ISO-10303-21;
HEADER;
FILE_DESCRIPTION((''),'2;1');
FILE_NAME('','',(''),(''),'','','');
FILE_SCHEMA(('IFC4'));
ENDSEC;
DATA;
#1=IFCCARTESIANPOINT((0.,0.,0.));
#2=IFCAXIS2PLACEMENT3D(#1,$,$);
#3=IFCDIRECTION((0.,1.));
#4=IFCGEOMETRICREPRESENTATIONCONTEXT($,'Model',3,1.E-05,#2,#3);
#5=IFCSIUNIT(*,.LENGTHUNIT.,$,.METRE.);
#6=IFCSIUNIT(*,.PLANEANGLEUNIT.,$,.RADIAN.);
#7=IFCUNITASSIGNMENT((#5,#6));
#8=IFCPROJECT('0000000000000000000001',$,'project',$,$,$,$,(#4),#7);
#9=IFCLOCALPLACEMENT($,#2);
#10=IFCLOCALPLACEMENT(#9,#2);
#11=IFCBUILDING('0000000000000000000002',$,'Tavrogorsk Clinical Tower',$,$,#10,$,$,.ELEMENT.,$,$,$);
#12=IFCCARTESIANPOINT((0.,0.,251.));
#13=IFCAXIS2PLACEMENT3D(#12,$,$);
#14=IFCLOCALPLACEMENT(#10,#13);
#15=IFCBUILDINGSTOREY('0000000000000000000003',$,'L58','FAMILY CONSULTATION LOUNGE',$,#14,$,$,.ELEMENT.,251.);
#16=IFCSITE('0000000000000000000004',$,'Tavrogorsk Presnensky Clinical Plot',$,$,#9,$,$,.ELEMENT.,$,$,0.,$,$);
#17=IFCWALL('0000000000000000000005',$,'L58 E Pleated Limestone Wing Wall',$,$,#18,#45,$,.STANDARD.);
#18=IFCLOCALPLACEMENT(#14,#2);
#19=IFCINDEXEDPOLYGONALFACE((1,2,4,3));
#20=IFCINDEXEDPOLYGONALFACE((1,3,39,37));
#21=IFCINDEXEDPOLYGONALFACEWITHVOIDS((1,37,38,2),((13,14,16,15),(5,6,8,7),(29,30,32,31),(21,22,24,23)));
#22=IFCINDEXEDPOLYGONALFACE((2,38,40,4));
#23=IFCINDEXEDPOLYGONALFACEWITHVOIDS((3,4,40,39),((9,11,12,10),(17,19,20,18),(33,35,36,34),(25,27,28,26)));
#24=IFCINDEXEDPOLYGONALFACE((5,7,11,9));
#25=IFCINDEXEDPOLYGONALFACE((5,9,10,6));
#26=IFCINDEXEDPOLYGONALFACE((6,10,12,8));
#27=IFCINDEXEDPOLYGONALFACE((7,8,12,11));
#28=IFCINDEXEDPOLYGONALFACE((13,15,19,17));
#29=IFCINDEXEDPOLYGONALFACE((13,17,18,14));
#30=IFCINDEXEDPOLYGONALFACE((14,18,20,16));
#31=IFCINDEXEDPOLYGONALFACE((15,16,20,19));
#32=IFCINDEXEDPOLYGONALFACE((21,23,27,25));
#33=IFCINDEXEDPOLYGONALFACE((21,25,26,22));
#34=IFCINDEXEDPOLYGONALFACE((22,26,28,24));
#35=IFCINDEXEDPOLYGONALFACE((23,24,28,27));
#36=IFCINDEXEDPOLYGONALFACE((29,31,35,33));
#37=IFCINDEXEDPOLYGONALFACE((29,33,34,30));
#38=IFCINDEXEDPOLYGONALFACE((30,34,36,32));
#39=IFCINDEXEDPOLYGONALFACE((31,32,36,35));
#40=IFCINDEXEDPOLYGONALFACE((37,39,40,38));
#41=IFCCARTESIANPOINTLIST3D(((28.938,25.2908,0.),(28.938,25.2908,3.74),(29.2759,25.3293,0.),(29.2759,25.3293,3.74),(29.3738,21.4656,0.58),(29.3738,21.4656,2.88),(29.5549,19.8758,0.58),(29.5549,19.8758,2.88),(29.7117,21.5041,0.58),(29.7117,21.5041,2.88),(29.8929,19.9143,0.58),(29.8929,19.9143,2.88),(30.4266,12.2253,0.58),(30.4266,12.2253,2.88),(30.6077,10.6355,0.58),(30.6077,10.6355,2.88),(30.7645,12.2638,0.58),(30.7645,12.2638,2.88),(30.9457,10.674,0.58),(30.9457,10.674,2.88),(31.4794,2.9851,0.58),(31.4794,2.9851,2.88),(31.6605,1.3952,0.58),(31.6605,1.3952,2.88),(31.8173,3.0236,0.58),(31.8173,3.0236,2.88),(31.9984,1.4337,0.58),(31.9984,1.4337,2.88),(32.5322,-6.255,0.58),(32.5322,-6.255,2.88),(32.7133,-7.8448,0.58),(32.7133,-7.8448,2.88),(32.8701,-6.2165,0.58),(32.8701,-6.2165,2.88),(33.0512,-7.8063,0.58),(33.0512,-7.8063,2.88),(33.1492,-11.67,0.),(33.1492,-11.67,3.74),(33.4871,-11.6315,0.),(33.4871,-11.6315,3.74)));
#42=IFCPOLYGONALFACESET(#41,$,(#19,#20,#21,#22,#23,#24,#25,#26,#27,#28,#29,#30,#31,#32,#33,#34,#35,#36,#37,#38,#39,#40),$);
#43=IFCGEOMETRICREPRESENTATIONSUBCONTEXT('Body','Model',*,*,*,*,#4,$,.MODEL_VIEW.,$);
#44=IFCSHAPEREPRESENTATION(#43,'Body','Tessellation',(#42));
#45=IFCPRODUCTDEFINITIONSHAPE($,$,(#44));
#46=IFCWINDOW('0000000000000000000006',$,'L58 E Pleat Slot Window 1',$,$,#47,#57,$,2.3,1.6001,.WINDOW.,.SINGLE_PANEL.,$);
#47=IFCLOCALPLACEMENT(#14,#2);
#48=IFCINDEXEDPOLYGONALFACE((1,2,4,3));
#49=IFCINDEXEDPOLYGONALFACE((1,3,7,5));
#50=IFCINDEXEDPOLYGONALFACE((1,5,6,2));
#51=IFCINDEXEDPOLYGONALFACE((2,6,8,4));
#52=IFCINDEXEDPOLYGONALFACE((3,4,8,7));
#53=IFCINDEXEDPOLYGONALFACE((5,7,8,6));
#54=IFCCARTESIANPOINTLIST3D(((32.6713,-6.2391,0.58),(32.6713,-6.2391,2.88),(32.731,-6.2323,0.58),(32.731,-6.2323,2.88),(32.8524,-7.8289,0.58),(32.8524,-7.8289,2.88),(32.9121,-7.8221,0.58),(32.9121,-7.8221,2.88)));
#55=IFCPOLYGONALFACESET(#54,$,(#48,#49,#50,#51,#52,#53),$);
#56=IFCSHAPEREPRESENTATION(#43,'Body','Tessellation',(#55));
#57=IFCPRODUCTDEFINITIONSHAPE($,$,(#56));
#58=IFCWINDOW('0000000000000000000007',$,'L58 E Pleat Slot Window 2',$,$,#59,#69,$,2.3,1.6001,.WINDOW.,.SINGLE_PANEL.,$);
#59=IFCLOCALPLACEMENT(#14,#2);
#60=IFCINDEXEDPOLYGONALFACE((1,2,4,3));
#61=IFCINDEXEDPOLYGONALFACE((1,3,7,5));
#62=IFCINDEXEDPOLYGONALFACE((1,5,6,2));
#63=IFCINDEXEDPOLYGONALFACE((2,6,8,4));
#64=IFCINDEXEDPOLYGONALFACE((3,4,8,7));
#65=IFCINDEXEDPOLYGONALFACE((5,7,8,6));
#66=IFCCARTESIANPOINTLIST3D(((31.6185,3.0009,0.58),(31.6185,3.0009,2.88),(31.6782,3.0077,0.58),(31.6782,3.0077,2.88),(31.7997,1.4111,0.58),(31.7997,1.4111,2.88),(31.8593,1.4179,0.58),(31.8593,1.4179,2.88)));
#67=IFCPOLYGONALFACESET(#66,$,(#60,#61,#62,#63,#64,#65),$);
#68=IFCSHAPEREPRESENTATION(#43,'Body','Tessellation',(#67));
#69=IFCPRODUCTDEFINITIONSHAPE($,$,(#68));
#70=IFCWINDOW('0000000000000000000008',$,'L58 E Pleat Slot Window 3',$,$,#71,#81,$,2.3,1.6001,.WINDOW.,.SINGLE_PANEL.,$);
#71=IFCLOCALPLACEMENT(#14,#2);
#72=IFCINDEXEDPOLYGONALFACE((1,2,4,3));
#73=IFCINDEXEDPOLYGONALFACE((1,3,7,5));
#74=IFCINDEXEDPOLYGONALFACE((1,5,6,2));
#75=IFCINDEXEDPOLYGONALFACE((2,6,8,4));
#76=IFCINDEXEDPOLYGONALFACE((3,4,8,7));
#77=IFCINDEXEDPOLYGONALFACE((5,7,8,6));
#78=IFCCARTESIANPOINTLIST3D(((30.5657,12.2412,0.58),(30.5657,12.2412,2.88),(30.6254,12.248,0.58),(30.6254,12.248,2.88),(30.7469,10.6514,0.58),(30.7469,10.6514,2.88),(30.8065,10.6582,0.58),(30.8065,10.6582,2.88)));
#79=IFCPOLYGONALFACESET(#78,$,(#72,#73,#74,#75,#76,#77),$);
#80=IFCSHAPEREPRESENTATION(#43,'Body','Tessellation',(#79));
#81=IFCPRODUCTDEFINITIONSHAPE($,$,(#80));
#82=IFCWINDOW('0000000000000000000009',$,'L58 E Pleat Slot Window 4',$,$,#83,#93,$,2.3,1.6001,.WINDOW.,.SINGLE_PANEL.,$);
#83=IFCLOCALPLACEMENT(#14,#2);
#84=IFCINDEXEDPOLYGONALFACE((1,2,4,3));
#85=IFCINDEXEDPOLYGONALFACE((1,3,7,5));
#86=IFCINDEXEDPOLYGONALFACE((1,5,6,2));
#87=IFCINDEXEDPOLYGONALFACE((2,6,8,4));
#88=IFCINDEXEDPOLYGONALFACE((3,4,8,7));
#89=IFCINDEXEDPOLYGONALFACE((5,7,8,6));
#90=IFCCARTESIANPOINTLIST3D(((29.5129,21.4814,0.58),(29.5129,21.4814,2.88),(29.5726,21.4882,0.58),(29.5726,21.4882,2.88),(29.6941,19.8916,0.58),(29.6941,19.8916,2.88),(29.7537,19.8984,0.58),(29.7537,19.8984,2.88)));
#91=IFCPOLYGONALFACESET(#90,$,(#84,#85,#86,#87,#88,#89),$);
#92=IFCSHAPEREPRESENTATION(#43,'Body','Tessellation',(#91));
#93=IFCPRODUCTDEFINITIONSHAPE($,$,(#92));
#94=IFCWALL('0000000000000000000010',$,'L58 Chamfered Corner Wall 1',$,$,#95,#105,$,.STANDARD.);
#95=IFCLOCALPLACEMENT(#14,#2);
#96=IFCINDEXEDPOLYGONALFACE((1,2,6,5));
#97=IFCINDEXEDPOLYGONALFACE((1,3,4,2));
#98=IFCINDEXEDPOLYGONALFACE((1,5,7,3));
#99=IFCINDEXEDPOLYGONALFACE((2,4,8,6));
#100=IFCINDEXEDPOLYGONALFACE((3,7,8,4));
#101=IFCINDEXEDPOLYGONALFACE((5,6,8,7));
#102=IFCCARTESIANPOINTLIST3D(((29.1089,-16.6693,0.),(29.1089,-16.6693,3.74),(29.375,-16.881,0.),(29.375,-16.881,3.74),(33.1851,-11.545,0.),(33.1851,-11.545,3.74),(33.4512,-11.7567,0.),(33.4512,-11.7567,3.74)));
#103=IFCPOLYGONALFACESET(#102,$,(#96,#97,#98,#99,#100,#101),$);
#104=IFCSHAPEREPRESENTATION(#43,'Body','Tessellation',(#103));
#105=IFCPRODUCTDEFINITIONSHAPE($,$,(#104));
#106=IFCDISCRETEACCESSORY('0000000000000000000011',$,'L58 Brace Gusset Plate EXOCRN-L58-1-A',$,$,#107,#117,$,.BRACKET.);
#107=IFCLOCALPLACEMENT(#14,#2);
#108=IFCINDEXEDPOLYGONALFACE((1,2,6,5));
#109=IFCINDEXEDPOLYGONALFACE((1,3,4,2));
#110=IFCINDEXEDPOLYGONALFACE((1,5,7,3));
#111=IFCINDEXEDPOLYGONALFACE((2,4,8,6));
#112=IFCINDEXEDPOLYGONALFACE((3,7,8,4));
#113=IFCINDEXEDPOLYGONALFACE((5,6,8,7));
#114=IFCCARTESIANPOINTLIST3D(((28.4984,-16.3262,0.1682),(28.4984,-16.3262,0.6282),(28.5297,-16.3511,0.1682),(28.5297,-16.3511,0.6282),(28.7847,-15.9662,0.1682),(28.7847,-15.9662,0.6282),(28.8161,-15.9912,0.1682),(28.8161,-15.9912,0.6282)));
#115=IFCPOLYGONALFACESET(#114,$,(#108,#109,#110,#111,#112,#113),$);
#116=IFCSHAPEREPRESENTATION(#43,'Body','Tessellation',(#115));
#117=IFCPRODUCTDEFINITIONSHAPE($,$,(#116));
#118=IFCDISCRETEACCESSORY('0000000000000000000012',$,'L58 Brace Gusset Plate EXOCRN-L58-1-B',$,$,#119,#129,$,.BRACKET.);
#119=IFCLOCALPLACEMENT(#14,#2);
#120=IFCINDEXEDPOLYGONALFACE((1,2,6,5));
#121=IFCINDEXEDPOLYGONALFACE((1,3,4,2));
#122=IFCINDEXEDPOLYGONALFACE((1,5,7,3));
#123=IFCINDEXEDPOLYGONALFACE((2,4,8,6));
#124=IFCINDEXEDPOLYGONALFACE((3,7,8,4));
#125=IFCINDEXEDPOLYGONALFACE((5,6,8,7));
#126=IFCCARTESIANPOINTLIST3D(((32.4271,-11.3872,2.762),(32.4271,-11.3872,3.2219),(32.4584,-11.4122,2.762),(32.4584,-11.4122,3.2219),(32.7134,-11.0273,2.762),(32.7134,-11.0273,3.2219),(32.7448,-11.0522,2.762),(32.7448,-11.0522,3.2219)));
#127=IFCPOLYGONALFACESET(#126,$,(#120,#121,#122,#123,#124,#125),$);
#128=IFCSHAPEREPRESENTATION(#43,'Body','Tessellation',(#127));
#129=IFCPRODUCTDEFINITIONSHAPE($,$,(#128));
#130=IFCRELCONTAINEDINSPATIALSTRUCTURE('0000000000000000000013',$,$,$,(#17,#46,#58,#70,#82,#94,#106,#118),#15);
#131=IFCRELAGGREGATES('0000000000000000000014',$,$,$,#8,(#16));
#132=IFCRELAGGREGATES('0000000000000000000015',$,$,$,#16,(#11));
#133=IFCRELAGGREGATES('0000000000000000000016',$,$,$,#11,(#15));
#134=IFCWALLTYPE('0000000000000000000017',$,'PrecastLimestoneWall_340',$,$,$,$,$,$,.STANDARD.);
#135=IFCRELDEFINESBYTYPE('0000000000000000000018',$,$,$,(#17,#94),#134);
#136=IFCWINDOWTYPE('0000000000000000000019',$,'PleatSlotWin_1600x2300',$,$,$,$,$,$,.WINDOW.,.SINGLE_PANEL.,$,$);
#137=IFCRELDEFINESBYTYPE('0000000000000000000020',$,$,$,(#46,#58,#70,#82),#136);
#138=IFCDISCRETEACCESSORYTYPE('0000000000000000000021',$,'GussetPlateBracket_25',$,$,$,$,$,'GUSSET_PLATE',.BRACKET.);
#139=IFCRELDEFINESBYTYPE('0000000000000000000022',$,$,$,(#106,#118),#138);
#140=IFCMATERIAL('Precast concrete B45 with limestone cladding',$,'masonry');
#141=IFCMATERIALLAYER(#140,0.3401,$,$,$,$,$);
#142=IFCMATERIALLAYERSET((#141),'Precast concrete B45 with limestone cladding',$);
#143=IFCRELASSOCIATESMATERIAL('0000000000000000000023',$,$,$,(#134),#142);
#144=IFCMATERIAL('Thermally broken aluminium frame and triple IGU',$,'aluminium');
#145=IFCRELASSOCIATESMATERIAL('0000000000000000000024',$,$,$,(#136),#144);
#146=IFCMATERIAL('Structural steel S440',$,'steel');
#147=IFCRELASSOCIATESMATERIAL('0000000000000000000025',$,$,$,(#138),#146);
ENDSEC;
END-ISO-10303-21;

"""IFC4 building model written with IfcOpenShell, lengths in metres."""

from ifc_helpers import new_model, si_unit, direction, frame, frame_2d, origin, origin_2d, place, context, subcontext, project, spatial, rectangle, extrude, material, layer, layer_set, type_object, element, fill, save


model = new_model("IFC4")

# Units and contexts
model_context = context("Model", 3, precision=1e-05, world=origin(), true_north=direction((0.0, 1.0)))
body_context = subcontext(model_context, "Body", "Model", "MODEL_VIEW")
ifc_project = project(units=[si_unit("LENGTHUNIT", "METRE"), si_unit("PLANEANGLEUNIT", "RADIAN")], contexts=[model_context])

# Site, building, storey
site_placement = place(None, origin())
site = spatial("IfcSite", under=ifc_project, at=site_placement, Name="Tavrogorsk Presnensky Clinical Plot", CompositionType="ELEMENT", RefElevation=0.0)
building_placement = place(site_placement, origin())
building = spatial("IfcBuilding", under=site, at=building_placement, Name="Tavrogorsk Clinical Tower", CompositionType="ELEMENT")
storey_placement = place(building_placement, frame((0.0, 0.0, 251.0)))
storey = spatial("IfcBuildingStorey", under=building, at=storey_placement, Name="L58", Description="FAMILY CONSULTATION LOUNGE", CompositionType="ELEMENT", Elevation=251.0)

# Wall, openings, windows
ifc_material_1 = material(Name="Precast concrete B45 with limestone cladding", Category="masonry")
ifc_layer_1 = layer(ifc_material_1, 0.3401)
ifc_layer_set_1 = layer_set([ifc_layer_1], Name="Precast concrete B45 with limestone cladding")
wall_type_1 = type_object("IfcWallType", Name="PrecastLimestoneWall_340", PredefinedType="STANDARD", material=ifc_layer_set_1)
wall_1_placement = place(storey_placement, frame((33.3181, -11.6509, 0.0), z_axis=(0.0, 0.0, 1.0), x_axis=(-0.113204, 0.993572, 0.0)))
wall_1 = element("IfcWall", 1, at=wall_1_placement, inside=storey, type_object=wall_type_1, Name="L58 E Pleated Limestone Wing Wall", PredefinedType="STANDARD", context=body_context, shape_type="SweptSolid", body=[
    extrude(rectangle(XDim=37.2, YDim=0.3401, at=frame_2d((18.6001, 0.0))), origin(), (0.0, 0.0, 1.0), 3.74),
])
opening_1_placement = place(wall_1_placement, frame((3.8501, 0.0, 0.5801)))
opening_1 = element("IfcOpeningElement", 2, at=opening_1_placement, cuts=wall_1, PredefinedType="OPENING", context=body_context, shape_type="SweptSolid", body=[
    extrude(rectangle(XDim=1.6001, YDim=2.3, at=frame_2d((0.8, 1.1499))), frame((0.0, 0.1799, 0.0), z_axis=(0.0, -1.0, 0.0), x_axis=(1.0, 0.0, 0.0)), (0.0, 0.0, 1.0), 0.3601),
])
opening_2_placement = place(wall_1_placement, frame((13.1499, 0.0, 0.5801)))
opening_2 = element("IfcOpeningElement", 3, at=opening_2_placement, cuts=wall_1, PredefinedType="OPENING", context=body_context, shape_type="SweptSolid", body=[
    extrude(rectangle(XDim=1.6001, YDim=2.3, at=frame_2d((0.8, 1.1499))), frame((0.0, 0.1799, 0.0), z_axis=(0.0, -1.0, 0.0), x_axis=(1.0, 0.0, 0.0)), (0.0, 0.0, 1.0), 0.3601),
])
opening_3_placement = place(wall_1_placement, frame((22.45, 0.0, 0.5801)))
opening_3 = element("IfcOpeningElement", 4, at=opening_3_placement, cuts=wall_1, PredefinedType="OPENING", context=body_context, shape_type="SweptSolid", body=[
    extrude(rectangle(XDim=1.6001, YDim=2.3, at=frame_2d((0.8, 1.1499))), frame((0.0, 0.1799, 0.0), z_axis=(0.0, -1.0, 0.0), x_axis=(1.0, 0.0, 0.0)), (0.0, 0.0, 1.0), 0.3601),
])
opening_4_placement = place(wall_1_placement, frame((31.75, 0.0, 0.5801)))
opening_4 = element("IfcOpeningElement", 5, at=opening_4_placement, cuts=wall_1, PredefinedType="OPENING", context=body_context, shape_type="SweptSolid", body=[
    extrude(rectangle(XDim=1.6001, YDim=2.3, at=frame_2d((0.8, 1.1499))), frame((0.0, 0.1799, 0.0), z_axis=(0.0, -1.0, 0.0), x_axis=(1.0, 0.0, 0.0)), (0.0, 0.0, 1.0), 0.3601),
])
ifc_material_2 = material(Name="Thermally broken aluminium frame and triple IGU", Category="aluminium")
window_type = type_object("IfcWindowType", Name="PleatSlotWin_1600x2300", PartitioningType="SINGLE_PANEL", PredefinedType="WINDOW", material=ifc_material_2)
window_1_placement = place(opening_1_placement, origin())
window_1 = element("IfcWindow", 6, at=window_1_placement, inside=storey, type_object=window_type, Name="L58 E Pleat Slot Window 1", OverallHeight=2.3, OverallWidth=1.6001, PartitioningType="SINGLE_PANEL", PredefinedType="WINDOW", context=body_context, shape_type="SweptSolid", body=[
    extrude(rectangle(XDim=1.6001, YDim=2.3, at=frame_2d((0.8, 1.1499))), frame((0.0, 0.03, 0.0), z_axis=(0.0, -1.0, 0.0), x_axis=(1.0, 0.0, 0.0)), (0.0, 0.0, 1.0), 0.0601),
])
fill(opening_1, window_1)
window_2_placement = place(opening_2_placement, origin())
window_2 = element("IfcWindow", 7, at=window_2_placement, inside=storey, type_object=window_type, Name="L58 E Pleat Slot Window 2", OverallHeight=2.3, OverallWidth=1.6001, PartitioningType="SINGLE_PANEL", PredefinedType="WINDOW", context=body_context, shape_type="SweptSolid", body=[
    extrude(rectangle(XDim=1.6001, YDim=2.3, at=frame_2d((0.8, 1.1499))), frame((0.0, 0.03, 0.0), z_axis=(0.0, -1.0, 0.0), x_axis=(1.0, 0.0, 0.0)), (0.0, 0.0, 1.0), 0.0601),
])
fill(opening_2, window_2)
window_3_placement = place(opening_3_placement, origin())
window_3 = element("IfcWindow", 8, at=window_3_placement, inside=storey, type_object=window_type, Name="L58 E Pleat Slot Window 3", OverallHeight=2.3, OverallWidth=1.6001, PartitioningType="SINGLE_PANEL", PredefinedType="WINDOW", context=body_context, shape_type="SweptSolid", body=[
    extrude(rectangle(XDim=1.6001, YDim=2.3, at=frame_2d((0.8, 1.1499))), frame((0.0, 0.03, 0.0), z_axis=(0.0, -1.0, 0.0), x_axis=(1.0, 0.0, 0.0)), (0.0, 0.0, 1.0), 0.0601),
])
fill(opening_3, window_3)
window_4_placement = place(opening_4_placement, origin())
window_4 = element("IfcWindow", 9, at=window_4_placement, inside=storey, type_object=window_type, Name="L58 E Pleat Slot Window 4", OverallHeight=2.3, OverallWidth=1.6001, PartitioningType="SINGLE_PANEL", PredefinedType="WINDOW", context=body_context, shape_type="SweptSolid", body=[
    extrude(rectangle(XDim=1.6001, YDim=2.3, at=frame_2d((0.8, 1.1499))), frame((0.0, 0.03, 0.0), z_axis=(0.0, -1.0, 0.0), x_axis=(1.0, 0.0, 0.0)), (0.0, 0.0, 1.0), 0.0601),
])
fill(opening_4, window_4)

# Wall
wall_2_placement = place(storey_placement, frame((29.2419, -16.7751, 0.0), z_axis=(0.0, 0.0, 1.0), x_axis=(0.622528, 0.782597, 0.0)))
element("IfcWall", 10, at=wall_2_placement, inside=storey, type_object=wall_type_1, Name="L58 Chamfered Corner Wall 1", PredefinedType="STANDARD", context=body_context, shape_type="SweptSolid", body=[
    extrude(rectangle(XDim=6.5479, YDim=0.3401, at=frame_2d((3.2739, 0.0))), origin(), (0.0, 0.0, 1.0), 3.74),
])

# Discrete accessories
ifc_material_3 = material(Name="Structural steel S440", Category="steel")
discrete_accessory_type = type_object("IfcDiscreteAccessoryType", Name="GussetPlateBracket_25", ElementType="GUSSET_PLATE", PredefinedType="BRACKET", material=ifc_material_3)
for number, where, z_axis, x_axis, name in (
    (11, (28.6572, -16.1587, 0.1682), (0.0, 0.0, 1.0), (0.622515, 0.782608, 0.0), "L58 Brace Gusset Plate EXOCRN-L58-1-A"),
    (12, (32.5859, -11.2197, 2.762), (0.0, 0.0, 1.0), (0.622515, 0.782608, 0.0), "L58 Brace Gusset Plate EXOCRN-L58-1-B"),
):
    element("IfcDiscreteAccessory", number, at=place(storey_placement, frame(where, z_axis=z_axis, x_axis=x_axis)), inside=storey, type_object=discrete_accessory_type, Name=name, PredefinedType="BRACKET", context=body_context, shape_type="SweptSolid", body=[
        extrude(rectangle(XDim=0.46, YDim=0.04, at=origin_2d()), origin(), (0.0, 0.0, 1.0), 0.46),
    ])

save(model, "model.ifc")
